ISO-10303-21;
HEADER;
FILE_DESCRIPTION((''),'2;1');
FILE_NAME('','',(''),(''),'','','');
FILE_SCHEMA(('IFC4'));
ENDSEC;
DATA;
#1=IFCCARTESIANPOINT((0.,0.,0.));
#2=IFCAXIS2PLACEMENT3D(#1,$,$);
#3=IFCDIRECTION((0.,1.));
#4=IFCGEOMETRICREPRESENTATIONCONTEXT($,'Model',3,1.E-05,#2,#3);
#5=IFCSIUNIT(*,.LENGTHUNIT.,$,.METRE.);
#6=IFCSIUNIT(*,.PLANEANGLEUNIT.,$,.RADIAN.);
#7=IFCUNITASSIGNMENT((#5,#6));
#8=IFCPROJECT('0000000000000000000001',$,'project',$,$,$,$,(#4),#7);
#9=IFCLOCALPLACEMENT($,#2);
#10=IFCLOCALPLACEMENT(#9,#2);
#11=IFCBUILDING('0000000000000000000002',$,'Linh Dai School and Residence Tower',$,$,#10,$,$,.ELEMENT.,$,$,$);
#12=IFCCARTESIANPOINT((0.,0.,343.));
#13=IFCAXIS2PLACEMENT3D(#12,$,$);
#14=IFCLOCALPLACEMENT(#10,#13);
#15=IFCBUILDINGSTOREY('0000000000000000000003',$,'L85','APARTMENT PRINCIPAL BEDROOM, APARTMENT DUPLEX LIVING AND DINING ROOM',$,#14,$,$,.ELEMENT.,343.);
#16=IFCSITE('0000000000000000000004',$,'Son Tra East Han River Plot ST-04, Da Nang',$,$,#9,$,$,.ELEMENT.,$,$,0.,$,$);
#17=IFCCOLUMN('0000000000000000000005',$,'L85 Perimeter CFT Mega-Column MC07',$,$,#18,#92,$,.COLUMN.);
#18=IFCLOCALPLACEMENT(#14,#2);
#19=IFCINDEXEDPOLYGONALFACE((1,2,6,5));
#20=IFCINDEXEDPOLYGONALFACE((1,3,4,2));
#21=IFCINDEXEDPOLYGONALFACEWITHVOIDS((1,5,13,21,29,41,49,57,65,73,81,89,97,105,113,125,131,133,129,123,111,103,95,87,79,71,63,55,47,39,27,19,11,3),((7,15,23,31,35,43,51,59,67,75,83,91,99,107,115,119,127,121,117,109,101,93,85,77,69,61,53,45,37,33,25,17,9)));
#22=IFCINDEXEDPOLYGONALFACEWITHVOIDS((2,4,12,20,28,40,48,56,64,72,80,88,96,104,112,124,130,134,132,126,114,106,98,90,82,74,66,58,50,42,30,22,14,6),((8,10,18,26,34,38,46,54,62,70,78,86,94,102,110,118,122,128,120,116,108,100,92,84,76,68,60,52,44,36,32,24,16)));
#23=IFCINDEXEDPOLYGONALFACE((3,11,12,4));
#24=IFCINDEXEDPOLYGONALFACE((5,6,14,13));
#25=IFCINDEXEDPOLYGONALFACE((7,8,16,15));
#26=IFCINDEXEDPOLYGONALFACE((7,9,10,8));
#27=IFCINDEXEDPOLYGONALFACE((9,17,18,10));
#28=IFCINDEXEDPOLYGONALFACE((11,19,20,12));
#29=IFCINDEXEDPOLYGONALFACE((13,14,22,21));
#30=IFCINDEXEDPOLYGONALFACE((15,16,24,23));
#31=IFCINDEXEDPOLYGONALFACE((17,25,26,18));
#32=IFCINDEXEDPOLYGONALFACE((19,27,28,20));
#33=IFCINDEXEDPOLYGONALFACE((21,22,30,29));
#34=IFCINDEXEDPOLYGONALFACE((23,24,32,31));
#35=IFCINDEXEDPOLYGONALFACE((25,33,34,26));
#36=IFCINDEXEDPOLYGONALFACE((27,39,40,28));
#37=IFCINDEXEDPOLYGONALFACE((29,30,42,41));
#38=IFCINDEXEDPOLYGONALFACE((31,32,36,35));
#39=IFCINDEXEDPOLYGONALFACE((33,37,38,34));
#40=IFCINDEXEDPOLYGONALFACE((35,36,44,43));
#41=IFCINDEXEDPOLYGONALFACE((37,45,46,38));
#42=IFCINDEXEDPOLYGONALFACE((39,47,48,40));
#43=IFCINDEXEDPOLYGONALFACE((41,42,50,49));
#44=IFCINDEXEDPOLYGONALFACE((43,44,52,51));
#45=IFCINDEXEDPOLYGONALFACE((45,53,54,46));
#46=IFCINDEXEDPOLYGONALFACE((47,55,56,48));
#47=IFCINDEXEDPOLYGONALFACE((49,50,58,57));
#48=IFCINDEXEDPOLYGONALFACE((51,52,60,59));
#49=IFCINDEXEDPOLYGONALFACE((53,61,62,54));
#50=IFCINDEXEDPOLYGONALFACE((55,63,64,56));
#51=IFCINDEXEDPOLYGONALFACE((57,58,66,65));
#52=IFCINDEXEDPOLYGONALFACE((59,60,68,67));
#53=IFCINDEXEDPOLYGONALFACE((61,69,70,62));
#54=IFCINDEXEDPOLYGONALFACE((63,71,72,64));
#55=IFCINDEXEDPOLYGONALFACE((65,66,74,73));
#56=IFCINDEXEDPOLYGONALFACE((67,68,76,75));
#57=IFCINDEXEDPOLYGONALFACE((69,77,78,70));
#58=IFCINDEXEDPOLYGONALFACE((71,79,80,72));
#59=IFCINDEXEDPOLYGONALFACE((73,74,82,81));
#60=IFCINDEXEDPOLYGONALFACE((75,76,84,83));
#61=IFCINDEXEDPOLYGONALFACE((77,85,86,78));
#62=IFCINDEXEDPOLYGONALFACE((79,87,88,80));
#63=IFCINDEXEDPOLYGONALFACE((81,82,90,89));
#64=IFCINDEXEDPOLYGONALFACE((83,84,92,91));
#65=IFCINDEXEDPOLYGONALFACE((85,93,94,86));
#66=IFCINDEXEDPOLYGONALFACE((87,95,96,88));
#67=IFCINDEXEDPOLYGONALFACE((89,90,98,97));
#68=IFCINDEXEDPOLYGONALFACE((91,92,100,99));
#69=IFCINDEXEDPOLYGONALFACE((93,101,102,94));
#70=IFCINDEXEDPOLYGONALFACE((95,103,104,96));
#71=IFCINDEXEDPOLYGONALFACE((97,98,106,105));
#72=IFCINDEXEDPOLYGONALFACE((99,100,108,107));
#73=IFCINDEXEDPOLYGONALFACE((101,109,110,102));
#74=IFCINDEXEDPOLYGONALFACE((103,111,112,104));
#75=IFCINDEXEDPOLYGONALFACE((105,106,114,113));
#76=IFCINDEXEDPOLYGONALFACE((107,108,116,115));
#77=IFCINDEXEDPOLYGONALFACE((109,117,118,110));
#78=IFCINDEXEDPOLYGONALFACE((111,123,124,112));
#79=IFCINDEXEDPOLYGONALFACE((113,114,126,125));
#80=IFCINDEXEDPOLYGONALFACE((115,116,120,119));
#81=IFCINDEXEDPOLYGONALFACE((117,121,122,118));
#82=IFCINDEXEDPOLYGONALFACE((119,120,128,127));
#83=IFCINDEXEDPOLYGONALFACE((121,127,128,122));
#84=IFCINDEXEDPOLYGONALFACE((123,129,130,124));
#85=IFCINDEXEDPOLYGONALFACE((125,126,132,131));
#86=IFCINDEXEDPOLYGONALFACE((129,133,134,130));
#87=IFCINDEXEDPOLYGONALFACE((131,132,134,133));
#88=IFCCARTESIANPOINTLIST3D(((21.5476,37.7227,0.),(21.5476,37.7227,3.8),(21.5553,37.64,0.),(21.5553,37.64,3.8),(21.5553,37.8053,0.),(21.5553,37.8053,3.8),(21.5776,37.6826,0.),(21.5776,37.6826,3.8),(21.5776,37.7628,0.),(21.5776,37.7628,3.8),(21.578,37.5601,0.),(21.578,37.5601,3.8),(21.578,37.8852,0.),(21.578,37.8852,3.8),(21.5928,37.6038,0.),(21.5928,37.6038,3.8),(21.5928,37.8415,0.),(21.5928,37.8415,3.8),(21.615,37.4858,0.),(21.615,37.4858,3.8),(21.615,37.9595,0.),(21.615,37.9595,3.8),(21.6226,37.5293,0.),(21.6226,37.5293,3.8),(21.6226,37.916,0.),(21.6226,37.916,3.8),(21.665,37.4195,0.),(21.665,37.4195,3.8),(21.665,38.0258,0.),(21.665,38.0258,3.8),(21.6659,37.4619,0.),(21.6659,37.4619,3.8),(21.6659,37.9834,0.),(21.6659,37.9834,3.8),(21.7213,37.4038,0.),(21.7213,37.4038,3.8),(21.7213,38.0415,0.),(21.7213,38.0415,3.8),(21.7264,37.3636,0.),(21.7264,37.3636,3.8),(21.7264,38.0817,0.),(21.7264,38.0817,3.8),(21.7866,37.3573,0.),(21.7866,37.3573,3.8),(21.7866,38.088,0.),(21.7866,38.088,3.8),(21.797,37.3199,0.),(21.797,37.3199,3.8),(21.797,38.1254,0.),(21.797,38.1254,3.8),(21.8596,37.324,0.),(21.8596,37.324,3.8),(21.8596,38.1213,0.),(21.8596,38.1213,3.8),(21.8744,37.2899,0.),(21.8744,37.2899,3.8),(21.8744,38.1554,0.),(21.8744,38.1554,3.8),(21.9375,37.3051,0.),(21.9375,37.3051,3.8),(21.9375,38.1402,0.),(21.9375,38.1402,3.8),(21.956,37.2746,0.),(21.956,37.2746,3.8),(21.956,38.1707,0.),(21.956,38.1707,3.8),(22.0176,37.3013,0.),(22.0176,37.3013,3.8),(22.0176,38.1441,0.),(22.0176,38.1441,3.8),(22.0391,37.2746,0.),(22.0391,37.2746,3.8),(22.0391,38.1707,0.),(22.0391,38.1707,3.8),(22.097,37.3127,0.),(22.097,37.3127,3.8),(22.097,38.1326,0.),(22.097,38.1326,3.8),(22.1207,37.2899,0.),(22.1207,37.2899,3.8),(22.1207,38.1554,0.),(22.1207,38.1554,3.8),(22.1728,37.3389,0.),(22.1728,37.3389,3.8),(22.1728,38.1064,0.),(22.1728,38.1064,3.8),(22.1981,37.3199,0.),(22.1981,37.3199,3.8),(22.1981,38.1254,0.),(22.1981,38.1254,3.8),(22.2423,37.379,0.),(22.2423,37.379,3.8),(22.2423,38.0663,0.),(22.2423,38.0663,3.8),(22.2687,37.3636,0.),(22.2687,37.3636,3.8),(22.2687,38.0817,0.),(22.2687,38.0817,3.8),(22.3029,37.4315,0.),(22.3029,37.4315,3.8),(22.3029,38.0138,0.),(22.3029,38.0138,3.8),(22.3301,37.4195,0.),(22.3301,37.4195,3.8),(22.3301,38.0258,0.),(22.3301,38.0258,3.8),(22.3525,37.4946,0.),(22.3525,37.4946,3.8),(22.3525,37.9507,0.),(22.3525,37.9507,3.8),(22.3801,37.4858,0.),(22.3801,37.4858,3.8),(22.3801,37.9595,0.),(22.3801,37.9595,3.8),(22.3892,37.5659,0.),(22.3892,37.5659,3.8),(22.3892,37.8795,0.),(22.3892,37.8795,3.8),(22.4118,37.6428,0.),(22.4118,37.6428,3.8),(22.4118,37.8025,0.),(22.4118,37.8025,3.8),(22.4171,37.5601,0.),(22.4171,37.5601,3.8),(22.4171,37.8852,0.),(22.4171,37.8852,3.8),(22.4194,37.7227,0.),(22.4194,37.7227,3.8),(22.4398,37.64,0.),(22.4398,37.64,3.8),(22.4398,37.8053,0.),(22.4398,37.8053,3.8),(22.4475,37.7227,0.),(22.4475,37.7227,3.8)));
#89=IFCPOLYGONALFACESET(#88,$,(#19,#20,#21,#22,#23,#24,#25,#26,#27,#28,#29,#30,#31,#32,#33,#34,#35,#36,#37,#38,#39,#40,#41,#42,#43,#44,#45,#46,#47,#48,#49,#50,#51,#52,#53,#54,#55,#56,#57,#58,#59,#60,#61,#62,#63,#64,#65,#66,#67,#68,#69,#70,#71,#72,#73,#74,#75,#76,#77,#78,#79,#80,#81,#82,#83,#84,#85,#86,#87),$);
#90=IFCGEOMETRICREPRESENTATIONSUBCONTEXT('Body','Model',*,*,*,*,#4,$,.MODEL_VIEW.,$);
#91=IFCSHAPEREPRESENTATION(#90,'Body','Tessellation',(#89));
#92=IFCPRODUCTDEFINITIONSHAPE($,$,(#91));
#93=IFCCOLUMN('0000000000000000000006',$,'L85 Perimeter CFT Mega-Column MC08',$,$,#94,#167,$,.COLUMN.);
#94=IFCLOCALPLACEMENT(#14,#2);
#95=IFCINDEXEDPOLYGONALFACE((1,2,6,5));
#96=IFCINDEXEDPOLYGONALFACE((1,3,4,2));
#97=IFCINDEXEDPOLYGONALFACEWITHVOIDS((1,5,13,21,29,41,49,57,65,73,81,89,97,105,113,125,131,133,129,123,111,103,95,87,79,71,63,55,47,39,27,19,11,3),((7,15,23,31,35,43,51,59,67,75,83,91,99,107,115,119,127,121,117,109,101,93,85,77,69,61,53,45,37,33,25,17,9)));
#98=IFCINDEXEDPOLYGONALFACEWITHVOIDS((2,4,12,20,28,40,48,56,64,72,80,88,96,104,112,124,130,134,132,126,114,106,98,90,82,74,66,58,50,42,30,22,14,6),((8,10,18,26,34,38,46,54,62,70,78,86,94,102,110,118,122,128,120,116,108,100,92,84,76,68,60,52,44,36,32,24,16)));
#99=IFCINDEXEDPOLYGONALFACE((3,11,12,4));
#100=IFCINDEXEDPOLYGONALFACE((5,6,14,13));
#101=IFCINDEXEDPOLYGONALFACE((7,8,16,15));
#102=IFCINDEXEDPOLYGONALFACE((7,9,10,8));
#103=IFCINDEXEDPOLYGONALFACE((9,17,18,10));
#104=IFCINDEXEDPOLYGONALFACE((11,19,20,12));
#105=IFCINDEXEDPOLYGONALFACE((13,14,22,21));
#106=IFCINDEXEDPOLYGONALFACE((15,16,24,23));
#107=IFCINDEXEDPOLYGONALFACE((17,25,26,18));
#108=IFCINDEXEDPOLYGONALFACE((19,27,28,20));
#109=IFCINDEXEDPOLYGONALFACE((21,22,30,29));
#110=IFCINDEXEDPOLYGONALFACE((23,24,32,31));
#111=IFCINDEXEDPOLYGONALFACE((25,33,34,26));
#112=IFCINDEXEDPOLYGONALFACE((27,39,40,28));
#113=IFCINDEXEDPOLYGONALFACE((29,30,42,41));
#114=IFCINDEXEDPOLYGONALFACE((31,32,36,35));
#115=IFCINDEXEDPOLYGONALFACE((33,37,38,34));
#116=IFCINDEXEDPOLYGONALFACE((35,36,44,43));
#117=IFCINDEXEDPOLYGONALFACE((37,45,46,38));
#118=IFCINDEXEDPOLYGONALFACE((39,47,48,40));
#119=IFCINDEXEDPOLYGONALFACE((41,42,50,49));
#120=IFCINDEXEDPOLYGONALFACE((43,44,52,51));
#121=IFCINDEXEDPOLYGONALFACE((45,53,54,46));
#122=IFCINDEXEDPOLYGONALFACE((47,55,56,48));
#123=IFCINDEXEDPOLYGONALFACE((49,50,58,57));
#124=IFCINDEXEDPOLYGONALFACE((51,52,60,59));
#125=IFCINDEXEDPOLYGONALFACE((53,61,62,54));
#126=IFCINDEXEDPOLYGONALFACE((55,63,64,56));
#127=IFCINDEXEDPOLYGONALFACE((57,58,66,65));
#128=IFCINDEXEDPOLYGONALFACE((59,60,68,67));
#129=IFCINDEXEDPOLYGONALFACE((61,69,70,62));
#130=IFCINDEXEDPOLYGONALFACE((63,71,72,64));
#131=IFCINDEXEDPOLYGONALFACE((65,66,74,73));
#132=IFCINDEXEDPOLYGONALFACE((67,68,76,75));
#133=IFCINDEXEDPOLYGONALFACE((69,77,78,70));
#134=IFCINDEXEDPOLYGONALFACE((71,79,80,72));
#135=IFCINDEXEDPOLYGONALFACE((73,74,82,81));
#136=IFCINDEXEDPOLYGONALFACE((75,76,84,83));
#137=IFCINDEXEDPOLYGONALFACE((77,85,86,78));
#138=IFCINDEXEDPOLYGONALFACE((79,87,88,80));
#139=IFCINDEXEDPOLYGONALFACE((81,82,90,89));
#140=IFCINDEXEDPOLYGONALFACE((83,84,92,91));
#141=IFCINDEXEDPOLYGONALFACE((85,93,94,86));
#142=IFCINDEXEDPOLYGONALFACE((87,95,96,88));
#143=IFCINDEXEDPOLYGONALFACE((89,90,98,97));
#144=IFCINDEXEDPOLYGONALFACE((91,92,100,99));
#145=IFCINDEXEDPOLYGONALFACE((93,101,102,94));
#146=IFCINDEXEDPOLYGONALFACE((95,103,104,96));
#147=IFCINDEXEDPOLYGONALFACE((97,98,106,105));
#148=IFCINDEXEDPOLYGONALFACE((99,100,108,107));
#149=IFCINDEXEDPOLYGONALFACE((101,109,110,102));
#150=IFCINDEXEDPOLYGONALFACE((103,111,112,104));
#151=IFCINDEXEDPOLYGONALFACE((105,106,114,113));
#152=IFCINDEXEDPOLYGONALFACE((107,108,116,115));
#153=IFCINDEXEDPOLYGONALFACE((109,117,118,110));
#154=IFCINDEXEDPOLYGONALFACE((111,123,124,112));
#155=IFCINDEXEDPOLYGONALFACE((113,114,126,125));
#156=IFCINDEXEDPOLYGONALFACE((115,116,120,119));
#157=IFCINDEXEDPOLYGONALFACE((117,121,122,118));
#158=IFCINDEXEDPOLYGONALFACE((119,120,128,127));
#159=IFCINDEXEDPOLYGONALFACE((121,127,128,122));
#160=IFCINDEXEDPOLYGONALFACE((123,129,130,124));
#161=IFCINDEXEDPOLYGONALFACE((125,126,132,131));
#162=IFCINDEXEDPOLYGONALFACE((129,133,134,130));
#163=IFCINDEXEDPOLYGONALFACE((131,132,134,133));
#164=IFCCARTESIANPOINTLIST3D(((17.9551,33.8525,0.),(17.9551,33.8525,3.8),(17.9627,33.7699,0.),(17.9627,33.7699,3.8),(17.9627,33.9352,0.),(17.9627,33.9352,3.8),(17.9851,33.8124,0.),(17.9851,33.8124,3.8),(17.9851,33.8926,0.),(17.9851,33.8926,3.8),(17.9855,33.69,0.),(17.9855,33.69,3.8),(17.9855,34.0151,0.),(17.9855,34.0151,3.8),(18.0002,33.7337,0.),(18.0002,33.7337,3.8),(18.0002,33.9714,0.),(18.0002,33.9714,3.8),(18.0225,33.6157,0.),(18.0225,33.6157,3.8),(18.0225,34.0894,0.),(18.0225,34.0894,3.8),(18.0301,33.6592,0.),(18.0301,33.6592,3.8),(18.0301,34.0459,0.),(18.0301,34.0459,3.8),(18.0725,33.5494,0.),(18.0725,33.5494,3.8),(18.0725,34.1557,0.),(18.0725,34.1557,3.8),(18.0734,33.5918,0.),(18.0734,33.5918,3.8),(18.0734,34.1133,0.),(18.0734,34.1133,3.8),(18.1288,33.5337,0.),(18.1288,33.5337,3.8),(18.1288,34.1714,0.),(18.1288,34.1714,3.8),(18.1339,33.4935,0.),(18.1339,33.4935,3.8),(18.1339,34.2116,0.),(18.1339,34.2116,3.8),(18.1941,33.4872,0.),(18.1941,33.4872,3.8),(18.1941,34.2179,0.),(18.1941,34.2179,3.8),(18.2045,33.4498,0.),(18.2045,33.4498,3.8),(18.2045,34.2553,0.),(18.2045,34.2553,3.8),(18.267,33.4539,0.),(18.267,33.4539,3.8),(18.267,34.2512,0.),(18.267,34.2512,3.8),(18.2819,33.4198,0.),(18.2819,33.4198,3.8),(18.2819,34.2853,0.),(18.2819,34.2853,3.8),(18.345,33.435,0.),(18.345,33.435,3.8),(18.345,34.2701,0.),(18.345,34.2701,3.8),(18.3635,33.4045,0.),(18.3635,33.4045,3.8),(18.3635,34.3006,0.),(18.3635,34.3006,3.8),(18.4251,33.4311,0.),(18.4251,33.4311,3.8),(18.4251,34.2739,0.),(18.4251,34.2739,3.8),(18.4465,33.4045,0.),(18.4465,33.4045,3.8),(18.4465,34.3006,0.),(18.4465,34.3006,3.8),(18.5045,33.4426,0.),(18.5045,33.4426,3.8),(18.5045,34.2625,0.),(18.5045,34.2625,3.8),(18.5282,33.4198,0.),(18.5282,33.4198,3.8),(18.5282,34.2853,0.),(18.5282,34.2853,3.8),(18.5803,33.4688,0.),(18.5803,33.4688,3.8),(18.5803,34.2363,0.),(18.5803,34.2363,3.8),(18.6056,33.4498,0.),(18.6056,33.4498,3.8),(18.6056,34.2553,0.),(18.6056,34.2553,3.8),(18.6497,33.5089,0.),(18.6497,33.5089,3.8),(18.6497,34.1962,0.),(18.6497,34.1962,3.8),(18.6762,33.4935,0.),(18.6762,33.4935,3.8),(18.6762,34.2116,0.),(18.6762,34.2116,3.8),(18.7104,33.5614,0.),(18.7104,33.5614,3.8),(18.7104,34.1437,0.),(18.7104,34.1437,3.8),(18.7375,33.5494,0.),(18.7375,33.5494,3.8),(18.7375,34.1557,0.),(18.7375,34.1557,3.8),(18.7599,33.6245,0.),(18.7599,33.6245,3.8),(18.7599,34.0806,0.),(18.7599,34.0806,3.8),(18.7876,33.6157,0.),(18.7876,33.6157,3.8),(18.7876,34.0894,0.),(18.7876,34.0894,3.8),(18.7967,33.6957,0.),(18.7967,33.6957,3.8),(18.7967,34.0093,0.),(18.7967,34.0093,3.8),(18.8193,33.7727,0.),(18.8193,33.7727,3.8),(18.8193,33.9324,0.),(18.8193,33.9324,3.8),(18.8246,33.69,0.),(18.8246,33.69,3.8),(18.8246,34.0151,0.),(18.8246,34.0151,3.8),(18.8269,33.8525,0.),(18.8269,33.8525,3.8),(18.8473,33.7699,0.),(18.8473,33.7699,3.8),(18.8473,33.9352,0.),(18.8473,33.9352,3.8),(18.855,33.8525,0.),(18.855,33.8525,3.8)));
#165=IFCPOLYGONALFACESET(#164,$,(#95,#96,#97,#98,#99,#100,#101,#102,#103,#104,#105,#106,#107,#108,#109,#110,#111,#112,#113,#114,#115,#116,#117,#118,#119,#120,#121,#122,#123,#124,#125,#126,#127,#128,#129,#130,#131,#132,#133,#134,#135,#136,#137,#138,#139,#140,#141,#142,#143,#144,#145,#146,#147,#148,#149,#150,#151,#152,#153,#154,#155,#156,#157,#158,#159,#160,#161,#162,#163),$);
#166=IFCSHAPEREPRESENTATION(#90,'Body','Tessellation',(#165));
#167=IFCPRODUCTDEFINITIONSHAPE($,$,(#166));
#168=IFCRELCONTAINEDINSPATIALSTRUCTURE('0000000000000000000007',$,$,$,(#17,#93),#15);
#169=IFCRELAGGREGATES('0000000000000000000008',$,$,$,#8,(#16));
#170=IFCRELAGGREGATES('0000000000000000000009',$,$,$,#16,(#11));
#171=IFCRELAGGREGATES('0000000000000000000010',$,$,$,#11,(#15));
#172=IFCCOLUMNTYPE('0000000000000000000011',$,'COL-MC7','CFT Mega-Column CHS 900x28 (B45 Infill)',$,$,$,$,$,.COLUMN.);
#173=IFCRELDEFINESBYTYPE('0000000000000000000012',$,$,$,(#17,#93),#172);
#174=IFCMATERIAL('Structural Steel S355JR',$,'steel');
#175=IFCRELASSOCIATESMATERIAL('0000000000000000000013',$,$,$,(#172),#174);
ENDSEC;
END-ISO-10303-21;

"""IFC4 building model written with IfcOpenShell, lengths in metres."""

from ifc_helpers import new_model, si_unit, direction, frame, origin, origin_2d, place, context, subcontext, project, spatial, hollow_circle, extrude, material, material_profile, profile_set, type_object, element, save


model = new_model("IFC4")

# Units and contexts
model_context = context("Model", 3, precision=1e-05, world=origin(), true_north=direction((0.0, 1.0)))
body_context = subcontext(model_context, "Body", "Model", "MODEL_VIEW")
ifc_project = project(units=[si_unit("LENGTHUNIT", "METRE"), si_unit("PLANEANGLEUNIT", "RADIAN")], contexts=[model_context])

# Site, building, storey
site_placement = place(None, origin())
site = spatial("IfcSite", under=ifc_project, at=site_placement, Name="Son Tra East Han River Plot ST-04, Da Nang", CompositionType="ELEMENT", RefElevation=0.0)
building_placement = place(site_placement, origin())
building = spatial("IfcBuilding", under=site, at=building_placement, Name="Linh Dai School and Residence Tower", CompositionType="ELEMENT")
storey_placement = place(building_placement, frame((0.0, 0.0, 343.0)))
storey = spatial("IfcBuildingStorey", under=building, at=storey_placement, Name="L85", Description="APARTMENT PRINCIPAL BEDROOM, APARTMENT DUPLEX LIVING AND DINING ROOM", CompositionType="ELEMENT", Elevation=343.0)

# Columns
ifc_material_1 = material(Name="Structural Steel S355JR", Category="steel")
ifc_material_profile_1 = material_profile(ifc_material_1, hollow_circle(Radius=0.45, WallThickness=0.0281, at=origin_2d()), Name="CHS 900x28")
ifc_profile_set_1 = profile_set([ifc_material_profile_1], Name="Structural Steel S355JR")
column_type = type_object("IfcColumnType", Name="COL-MC7", Description="CFT Mega-Column CHS 900x28 (B45 Infill)", PredefinedType="COLUMN", material=ifc_profile_set_1)
for number, where, z_axis, x_axis, name in (
    (1, (21.9976, 37.7227, 0.0), (0.0, 0.0, 1.0), (1.0, 0.0, 0.0), "L85 Perimeter CFT Mega-Column MC07"),
    (2, (18.405, 33.8525, 0.0), (0.0, 0.0, 1.0), (1.0, 0.0, 0.0), "L85 Perimeter CFT Mega-Column MC08"),
):
    element("IfcColumn", number, at=place(storey_placement, frame(where, z_axis=z_axis, x_axis=x_axis)), inside=storey, type_object=column_type, Name=name, PredefinedType="COLUMN", context=body_context, shape_type="SweptSolid", body=[
        extrude(hollow_circle(Radius=0.45, WallThickness=0.0281, at=origin_2d()), origin(), (0.0, 0.0, 1.0), 3.8),
    ])

save(model, "model.ifc")
